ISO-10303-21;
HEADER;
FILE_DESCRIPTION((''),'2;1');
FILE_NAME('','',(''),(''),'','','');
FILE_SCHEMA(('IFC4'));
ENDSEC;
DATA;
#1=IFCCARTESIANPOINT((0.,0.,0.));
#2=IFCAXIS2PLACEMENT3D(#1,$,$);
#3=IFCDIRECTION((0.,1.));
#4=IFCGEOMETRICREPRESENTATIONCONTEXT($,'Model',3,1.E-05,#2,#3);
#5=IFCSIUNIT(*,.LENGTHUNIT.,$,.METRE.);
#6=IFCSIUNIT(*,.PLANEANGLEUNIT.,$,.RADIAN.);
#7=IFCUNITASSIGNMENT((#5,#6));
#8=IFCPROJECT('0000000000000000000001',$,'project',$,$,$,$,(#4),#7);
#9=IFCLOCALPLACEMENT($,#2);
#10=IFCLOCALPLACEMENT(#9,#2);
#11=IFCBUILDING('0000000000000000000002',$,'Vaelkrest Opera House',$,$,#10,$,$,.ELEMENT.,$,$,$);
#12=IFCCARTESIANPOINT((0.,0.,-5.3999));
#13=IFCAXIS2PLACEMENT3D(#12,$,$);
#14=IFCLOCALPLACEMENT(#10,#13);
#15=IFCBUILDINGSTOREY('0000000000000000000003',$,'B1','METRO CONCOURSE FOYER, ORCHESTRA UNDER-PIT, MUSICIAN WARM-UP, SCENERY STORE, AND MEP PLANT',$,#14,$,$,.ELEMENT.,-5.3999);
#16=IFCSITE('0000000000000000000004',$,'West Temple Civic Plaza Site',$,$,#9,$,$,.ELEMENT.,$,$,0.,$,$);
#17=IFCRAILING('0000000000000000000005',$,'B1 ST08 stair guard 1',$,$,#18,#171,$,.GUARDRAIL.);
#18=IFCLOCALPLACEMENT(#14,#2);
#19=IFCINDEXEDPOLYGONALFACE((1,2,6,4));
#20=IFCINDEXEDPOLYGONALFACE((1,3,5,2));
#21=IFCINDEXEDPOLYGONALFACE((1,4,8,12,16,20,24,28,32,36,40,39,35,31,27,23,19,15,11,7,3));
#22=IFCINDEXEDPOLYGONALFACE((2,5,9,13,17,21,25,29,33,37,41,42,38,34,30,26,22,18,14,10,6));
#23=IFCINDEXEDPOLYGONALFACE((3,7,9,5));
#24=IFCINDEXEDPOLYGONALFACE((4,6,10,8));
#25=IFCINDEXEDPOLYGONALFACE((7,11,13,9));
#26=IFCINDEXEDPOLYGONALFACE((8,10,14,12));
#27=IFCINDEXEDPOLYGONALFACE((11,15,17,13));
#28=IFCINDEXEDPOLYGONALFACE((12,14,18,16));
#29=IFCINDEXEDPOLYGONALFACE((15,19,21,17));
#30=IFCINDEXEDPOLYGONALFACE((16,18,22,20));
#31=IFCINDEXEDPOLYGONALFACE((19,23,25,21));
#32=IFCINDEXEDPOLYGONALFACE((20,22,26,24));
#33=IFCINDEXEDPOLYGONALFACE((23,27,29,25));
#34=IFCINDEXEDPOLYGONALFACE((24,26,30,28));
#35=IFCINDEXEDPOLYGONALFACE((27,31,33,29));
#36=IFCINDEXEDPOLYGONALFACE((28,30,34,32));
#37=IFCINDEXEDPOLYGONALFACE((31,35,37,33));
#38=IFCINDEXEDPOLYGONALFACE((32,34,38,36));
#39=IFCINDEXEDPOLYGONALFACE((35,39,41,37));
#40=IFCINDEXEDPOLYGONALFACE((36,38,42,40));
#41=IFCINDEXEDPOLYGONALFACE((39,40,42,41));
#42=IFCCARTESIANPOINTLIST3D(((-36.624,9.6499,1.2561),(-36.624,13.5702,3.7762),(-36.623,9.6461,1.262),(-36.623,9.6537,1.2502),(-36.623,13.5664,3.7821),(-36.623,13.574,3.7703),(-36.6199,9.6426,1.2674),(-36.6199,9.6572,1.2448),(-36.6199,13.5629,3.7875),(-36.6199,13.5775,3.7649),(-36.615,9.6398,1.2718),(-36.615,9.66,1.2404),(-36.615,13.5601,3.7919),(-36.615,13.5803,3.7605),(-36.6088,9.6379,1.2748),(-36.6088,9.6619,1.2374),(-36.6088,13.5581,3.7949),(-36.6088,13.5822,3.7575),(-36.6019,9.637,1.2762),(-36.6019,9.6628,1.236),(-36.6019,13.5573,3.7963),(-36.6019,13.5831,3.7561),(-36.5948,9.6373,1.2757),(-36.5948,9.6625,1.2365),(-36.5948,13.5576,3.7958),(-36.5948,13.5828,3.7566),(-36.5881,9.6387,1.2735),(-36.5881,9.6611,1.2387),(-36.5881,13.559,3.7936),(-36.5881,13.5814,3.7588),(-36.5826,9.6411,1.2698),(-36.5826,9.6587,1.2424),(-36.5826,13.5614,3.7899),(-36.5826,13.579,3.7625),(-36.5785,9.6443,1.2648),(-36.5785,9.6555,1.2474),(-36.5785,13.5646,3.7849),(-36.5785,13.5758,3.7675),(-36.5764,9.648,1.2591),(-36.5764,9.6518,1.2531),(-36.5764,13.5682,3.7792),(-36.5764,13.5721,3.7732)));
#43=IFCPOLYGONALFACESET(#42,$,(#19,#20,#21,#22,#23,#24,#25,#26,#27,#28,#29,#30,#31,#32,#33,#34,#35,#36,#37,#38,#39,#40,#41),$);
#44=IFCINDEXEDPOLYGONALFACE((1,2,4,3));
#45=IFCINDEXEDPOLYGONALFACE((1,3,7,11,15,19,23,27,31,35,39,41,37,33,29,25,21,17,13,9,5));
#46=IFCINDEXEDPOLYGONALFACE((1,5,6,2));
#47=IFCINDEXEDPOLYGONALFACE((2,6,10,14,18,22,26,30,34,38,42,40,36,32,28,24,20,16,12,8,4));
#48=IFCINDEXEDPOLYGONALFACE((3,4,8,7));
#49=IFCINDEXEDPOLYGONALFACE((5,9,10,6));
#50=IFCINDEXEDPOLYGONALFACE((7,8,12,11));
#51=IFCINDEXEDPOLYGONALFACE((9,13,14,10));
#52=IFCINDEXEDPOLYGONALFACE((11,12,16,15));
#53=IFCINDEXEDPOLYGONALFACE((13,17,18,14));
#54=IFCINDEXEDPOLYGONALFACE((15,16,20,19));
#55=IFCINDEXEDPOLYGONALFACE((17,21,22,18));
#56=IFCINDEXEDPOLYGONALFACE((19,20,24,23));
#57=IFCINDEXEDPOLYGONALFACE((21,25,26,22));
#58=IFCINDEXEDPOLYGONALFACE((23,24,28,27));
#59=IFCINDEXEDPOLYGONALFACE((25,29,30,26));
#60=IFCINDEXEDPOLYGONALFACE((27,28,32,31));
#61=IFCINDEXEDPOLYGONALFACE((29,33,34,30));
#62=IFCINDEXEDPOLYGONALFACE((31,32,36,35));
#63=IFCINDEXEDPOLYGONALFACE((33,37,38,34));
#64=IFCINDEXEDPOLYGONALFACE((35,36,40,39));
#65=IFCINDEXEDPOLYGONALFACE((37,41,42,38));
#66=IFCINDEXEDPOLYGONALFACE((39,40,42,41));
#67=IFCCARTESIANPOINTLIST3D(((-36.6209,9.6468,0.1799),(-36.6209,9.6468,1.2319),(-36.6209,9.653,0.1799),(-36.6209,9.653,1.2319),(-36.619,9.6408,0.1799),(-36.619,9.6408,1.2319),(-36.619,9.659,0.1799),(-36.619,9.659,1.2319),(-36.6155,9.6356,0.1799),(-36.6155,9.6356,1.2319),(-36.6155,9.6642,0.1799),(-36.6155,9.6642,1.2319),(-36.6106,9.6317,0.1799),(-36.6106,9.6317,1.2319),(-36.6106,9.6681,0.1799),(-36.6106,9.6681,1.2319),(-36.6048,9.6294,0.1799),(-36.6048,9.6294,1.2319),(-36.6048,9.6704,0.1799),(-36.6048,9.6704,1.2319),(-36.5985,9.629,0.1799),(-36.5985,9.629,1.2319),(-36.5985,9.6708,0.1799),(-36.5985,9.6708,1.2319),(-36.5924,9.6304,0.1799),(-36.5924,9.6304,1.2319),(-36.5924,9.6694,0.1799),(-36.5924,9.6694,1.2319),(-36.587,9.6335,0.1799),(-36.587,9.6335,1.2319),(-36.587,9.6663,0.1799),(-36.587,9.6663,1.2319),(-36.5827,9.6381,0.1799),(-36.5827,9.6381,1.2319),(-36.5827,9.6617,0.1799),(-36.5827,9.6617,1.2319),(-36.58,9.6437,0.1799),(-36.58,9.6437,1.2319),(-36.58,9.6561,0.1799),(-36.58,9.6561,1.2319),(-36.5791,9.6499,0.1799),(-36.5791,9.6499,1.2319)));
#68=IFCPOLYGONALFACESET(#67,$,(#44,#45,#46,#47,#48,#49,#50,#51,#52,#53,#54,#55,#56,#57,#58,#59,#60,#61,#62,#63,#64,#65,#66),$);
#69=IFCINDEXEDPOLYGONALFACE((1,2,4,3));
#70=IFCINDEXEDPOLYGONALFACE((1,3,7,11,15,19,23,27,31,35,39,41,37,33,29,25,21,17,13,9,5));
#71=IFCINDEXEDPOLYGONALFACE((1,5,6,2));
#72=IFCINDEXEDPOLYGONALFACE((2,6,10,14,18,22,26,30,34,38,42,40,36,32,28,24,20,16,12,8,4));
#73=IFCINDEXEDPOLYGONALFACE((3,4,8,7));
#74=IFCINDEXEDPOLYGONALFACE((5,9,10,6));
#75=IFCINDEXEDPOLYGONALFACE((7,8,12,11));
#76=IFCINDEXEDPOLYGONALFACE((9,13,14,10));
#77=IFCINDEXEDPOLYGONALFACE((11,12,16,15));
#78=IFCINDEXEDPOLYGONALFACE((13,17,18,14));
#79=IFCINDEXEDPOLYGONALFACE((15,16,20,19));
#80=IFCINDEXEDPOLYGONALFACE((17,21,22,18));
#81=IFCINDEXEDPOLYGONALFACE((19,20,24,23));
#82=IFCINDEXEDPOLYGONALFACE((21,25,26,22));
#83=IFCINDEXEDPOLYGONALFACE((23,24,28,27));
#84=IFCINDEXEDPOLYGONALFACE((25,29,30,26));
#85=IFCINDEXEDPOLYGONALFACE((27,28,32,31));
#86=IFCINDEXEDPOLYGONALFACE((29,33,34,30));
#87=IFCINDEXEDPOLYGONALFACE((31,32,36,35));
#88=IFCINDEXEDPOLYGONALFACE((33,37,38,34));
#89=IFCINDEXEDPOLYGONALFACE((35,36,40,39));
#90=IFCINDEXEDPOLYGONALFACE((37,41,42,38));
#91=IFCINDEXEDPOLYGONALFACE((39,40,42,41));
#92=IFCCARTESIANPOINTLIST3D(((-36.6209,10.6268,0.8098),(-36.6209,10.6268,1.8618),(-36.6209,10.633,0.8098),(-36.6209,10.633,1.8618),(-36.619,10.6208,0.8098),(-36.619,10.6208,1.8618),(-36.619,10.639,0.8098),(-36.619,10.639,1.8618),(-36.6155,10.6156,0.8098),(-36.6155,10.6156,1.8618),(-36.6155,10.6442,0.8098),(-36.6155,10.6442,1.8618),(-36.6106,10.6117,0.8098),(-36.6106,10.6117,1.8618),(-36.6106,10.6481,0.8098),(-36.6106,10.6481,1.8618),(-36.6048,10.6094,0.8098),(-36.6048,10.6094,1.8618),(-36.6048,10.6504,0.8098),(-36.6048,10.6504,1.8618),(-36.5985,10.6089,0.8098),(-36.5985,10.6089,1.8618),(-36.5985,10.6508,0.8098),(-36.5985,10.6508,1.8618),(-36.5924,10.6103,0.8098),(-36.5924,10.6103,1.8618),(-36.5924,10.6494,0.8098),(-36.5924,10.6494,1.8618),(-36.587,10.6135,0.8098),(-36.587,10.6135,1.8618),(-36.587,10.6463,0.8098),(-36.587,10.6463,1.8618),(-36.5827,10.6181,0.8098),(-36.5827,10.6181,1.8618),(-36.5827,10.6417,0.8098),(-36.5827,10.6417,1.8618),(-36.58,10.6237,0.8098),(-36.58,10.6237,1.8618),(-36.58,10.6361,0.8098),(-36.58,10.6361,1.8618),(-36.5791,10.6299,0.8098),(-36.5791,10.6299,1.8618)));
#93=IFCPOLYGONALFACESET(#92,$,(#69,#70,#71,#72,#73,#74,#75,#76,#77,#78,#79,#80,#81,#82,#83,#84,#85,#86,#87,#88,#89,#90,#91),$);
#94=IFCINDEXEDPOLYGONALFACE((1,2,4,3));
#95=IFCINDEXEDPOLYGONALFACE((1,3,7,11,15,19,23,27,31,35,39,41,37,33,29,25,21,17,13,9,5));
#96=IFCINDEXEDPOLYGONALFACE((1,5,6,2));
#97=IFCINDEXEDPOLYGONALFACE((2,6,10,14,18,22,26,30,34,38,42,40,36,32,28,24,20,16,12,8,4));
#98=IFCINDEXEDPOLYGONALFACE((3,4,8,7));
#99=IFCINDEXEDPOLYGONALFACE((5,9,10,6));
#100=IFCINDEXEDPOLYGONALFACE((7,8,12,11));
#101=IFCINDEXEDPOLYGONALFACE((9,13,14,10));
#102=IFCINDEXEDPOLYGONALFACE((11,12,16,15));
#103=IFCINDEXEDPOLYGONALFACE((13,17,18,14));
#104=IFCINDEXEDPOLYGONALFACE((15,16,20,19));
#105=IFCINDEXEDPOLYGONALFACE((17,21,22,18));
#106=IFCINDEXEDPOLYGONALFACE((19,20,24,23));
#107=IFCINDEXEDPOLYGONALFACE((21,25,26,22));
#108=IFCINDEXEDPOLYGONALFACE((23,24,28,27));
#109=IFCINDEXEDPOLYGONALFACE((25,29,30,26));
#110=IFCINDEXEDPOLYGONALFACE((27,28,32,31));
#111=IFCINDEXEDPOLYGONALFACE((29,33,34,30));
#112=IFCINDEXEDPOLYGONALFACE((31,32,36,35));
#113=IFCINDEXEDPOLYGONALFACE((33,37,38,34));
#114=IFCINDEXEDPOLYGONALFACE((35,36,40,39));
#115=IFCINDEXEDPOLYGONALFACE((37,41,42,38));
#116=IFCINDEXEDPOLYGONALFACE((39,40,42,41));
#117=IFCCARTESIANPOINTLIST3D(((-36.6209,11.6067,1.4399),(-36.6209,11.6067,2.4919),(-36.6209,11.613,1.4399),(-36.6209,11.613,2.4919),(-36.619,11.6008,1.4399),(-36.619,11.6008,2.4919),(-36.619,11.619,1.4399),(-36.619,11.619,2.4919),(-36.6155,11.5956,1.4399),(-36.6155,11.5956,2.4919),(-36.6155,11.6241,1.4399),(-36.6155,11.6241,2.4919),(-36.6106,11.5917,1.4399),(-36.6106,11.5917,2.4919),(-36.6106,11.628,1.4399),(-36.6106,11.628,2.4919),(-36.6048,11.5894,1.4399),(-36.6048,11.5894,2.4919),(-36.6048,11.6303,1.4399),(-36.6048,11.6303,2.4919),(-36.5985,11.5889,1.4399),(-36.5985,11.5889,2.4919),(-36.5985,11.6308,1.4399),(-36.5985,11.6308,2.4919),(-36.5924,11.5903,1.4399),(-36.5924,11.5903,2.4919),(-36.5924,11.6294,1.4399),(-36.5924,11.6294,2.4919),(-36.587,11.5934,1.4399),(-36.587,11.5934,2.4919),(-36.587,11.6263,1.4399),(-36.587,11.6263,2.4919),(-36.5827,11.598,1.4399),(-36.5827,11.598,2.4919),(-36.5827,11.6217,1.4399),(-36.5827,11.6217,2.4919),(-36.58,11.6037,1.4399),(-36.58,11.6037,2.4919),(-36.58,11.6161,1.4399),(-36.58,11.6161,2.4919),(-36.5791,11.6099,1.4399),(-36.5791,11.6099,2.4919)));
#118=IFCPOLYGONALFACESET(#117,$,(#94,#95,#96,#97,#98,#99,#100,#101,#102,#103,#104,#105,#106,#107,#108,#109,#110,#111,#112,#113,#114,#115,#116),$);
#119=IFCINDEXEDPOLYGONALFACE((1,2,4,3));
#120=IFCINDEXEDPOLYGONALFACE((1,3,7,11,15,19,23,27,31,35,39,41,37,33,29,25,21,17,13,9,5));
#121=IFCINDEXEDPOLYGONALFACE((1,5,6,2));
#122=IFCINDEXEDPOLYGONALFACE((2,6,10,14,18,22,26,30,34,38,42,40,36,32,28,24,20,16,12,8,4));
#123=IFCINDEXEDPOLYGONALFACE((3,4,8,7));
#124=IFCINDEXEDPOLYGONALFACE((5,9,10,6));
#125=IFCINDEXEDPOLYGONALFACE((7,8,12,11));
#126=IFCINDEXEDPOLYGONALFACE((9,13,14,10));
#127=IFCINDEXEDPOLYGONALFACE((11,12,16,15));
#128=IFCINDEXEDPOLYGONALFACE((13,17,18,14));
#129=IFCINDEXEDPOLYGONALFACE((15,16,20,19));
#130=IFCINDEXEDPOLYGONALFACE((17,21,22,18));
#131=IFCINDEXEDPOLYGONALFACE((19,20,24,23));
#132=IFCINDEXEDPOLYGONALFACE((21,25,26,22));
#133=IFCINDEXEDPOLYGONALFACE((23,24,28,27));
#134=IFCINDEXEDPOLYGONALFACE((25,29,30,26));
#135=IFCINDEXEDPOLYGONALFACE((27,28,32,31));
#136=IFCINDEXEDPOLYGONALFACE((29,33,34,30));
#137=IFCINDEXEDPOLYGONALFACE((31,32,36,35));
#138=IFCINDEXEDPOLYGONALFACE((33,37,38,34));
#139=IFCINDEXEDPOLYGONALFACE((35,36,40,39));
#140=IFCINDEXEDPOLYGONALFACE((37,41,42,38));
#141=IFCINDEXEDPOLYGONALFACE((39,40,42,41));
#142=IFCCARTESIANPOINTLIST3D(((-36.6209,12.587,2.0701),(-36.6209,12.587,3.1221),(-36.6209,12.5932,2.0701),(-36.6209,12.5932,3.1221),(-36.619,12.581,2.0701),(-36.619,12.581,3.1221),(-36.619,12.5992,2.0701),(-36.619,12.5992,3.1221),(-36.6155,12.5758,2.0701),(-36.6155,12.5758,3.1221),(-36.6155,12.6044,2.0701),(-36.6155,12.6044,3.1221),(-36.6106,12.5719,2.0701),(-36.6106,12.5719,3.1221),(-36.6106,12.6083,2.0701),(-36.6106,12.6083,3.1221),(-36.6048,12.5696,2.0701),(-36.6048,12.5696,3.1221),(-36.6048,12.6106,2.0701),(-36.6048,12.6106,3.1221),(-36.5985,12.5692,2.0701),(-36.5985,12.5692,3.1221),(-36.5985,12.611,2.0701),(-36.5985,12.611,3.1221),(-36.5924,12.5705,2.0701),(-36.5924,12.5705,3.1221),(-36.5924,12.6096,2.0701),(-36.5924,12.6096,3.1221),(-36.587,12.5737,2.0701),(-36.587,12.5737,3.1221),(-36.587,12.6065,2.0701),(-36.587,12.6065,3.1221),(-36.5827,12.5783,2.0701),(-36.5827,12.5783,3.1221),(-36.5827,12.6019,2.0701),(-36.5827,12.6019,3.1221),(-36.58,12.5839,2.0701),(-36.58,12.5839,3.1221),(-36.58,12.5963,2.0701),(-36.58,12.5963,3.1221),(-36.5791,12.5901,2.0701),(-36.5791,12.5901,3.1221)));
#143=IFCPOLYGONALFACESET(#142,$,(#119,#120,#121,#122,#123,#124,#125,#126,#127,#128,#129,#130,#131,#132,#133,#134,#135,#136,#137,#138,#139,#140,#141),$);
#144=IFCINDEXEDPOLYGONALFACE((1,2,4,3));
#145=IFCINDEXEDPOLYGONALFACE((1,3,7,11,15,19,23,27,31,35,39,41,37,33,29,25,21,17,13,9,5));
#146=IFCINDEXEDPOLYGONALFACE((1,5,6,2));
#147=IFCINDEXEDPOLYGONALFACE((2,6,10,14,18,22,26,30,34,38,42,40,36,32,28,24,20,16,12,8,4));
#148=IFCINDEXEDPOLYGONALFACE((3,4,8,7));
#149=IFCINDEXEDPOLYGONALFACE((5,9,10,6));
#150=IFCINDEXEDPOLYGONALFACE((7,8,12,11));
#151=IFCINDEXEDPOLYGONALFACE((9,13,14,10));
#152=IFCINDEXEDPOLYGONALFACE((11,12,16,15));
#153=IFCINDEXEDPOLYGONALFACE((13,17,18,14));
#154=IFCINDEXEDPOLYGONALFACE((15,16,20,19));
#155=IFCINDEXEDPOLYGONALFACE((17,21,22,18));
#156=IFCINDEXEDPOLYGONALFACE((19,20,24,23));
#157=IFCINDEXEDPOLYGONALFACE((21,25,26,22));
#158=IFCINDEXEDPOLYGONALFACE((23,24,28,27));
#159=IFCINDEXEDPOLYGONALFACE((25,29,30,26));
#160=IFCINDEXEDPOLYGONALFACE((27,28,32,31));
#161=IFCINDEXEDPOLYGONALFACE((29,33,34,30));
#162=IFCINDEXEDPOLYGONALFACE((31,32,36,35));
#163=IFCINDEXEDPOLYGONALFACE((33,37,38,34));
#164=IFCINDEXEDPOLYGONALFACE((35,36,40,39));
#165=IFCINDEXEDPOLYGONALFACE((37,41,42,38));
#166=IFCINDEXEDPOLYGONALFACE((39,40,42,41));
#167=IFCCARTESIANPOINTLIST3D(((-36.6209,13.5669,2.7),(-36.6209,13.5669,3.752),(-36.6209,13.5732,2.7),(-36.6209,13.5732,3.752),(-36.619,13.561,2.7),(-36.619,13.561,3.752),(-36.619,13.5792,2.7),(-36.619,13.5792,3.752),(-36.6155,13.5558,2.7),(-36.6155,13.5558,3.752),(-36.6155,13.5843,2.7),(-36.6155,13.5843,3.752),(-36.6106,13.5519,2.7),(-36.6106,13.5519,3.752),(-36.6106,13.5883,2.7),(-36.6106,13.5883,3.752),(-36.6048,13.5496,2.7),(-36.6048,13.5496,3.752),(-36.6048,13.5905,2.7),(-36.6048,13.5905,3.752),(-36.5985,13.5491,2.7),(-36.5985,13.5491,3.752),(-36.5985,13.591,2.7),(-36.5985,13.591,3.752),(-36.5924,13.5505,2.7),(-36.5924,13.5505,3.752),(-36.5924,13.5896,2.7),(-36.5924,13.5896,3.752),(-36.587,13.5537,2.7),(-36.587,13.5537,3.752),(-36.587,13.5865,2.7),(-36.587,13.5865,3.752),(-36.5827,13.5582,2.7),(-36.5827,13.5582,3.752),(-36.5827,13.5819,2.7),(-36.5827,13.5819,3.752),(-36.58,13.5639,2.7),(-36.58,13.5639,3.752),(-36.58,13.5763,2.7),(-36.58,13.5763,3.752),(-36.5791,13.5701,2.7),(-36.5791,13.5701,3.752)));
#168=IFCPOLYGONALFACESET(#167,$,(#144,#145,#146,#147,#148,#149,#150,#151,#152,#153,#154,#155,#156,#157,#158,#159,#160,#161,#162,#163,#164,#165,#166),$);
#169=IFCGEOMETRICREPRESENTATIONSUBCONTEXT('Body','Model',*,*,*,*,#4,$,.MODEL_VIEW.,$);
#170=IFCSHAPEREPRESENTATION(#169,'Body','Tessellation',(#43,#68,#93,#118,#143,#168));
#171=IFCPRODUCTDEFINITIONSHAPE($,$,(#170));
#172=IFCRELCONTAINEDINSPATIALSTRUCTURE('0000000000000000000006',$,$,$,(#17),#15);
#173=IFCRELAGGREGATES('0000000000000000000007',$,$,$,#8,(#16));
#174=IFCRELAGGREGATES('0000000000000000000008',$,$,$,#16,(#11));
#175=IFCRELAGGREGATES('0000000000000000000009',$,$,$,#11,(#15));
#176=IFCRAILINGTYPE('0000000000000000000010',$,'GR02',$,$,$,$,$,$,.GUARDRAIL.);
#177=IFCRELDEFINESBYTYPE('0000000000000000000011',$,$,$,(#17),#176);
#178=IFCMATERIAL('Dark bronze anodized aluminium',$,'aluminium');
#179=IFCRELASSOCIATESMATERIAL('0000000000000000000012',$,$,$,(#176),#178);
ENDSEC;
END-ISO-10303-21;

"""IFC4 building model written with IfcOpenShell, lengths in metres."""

from ifc_helpers import new_model, si_unit, direction, frame, origin, origin_2d, place, context, subcontext, project, spatial, circle, extrude, material, type_object, element, save


model = new_model("IFC4")

# Units and contexts
model_context = context("Model", 3, precision=1e-05, world=origin(), true_north=direction((0.0, 1.0)))
body_context = subcontext(model_context, "Body", "Model", "MODEL_VIEW")
ifc_project = project(units=[si_unit("LENGTHUNIT", "METRE"), si_unit("PLANEANGLEUNIT", "RADIAN")], contexts=[model_context])

# Site, building, storey
site_placement = place(None, origin())
site = spatial("IfcSite", under=ifc_project, at=site_placement, Name="West Temple Civic Plaza Site", CompositionType="ELEMENT", RefElevation=0.0)
building_placement = place(site_placement, origin())
building = spatial("IfcBuilding", under=site, at=building_placement, Name="Vaelkrest Opera House", CompositionType="ELEMENT")
storey_placement = place(building_placement, frame((0.0, 0.0, -5.3999)))
storey = spatial("IfcBuildingStorey", under=building, at=storey_placement, Name="B1", Description="METRO CONCOURSE FOYER, ORCHESTRA UNDER-PIT, MUSICIAN WARM-UP, SCENERY STORE, AND MEP PLANT", CompositionType="ELEMENT", Elevation=-5.3999)

# Railing
ifc_material_1 = material(Name="Dark bronze anodized aluminium", Category="aluminium")
railing_type_1 = type_object("IfcRailingType", Name="GR02", PredefinedType="GUARDRAIL", material=ifc_material_1)
railing_1_placement = place(storey_placement, frame((-36.6001, 9.6499, 0.1799)))
element("IfcRailing", 1, at=railing_1_placement, inside=storey, type_object=railing_type_1, Name="B1 ST08 stair guard 1", PredefinedType="GUARDRAIL", context=body_context, shape_type="SweptSolid", body=[
    extrude(circle(Radius=0.0239, at=origin_2d()), frame((0.0, 0.0, 1.0762), z_axis=(0.0, 0.841187, 0.540744), x_axis=(-1.0, 0.0, 0.0)), (0.0, 0.0, 1.0), 4.6604),
    extrude(circle(Radius=0.021, at=origin_2d()), origin(), (0.0, 0.0, 1.0), 1.052),
    extrude(circle(Radius=0.021, at=origin_2d()), frame((0.0, 0.98, 0.6299)), (0.0, 0.0, 1.0), 1.052),
    extrude(circle(Radius=0.021, at=origin_2d()), frame((0.0, 1.96, 1.26)), (0.0, 0.0, 1.0), 1.052),
    extrude(circle(Radius=0.021, at=origin_2d()), frame((0.0, 2.9402, 1.8901)), (0.0, 0.0, 1.0), 1.052),
    extrude(circle(Radius=0.021, at=origin_2d()), frame((0.0, 3.9202, 2.52)), (0.0, 0.0, 1.0), 1.052),
])

save(model, "model.ifc")
